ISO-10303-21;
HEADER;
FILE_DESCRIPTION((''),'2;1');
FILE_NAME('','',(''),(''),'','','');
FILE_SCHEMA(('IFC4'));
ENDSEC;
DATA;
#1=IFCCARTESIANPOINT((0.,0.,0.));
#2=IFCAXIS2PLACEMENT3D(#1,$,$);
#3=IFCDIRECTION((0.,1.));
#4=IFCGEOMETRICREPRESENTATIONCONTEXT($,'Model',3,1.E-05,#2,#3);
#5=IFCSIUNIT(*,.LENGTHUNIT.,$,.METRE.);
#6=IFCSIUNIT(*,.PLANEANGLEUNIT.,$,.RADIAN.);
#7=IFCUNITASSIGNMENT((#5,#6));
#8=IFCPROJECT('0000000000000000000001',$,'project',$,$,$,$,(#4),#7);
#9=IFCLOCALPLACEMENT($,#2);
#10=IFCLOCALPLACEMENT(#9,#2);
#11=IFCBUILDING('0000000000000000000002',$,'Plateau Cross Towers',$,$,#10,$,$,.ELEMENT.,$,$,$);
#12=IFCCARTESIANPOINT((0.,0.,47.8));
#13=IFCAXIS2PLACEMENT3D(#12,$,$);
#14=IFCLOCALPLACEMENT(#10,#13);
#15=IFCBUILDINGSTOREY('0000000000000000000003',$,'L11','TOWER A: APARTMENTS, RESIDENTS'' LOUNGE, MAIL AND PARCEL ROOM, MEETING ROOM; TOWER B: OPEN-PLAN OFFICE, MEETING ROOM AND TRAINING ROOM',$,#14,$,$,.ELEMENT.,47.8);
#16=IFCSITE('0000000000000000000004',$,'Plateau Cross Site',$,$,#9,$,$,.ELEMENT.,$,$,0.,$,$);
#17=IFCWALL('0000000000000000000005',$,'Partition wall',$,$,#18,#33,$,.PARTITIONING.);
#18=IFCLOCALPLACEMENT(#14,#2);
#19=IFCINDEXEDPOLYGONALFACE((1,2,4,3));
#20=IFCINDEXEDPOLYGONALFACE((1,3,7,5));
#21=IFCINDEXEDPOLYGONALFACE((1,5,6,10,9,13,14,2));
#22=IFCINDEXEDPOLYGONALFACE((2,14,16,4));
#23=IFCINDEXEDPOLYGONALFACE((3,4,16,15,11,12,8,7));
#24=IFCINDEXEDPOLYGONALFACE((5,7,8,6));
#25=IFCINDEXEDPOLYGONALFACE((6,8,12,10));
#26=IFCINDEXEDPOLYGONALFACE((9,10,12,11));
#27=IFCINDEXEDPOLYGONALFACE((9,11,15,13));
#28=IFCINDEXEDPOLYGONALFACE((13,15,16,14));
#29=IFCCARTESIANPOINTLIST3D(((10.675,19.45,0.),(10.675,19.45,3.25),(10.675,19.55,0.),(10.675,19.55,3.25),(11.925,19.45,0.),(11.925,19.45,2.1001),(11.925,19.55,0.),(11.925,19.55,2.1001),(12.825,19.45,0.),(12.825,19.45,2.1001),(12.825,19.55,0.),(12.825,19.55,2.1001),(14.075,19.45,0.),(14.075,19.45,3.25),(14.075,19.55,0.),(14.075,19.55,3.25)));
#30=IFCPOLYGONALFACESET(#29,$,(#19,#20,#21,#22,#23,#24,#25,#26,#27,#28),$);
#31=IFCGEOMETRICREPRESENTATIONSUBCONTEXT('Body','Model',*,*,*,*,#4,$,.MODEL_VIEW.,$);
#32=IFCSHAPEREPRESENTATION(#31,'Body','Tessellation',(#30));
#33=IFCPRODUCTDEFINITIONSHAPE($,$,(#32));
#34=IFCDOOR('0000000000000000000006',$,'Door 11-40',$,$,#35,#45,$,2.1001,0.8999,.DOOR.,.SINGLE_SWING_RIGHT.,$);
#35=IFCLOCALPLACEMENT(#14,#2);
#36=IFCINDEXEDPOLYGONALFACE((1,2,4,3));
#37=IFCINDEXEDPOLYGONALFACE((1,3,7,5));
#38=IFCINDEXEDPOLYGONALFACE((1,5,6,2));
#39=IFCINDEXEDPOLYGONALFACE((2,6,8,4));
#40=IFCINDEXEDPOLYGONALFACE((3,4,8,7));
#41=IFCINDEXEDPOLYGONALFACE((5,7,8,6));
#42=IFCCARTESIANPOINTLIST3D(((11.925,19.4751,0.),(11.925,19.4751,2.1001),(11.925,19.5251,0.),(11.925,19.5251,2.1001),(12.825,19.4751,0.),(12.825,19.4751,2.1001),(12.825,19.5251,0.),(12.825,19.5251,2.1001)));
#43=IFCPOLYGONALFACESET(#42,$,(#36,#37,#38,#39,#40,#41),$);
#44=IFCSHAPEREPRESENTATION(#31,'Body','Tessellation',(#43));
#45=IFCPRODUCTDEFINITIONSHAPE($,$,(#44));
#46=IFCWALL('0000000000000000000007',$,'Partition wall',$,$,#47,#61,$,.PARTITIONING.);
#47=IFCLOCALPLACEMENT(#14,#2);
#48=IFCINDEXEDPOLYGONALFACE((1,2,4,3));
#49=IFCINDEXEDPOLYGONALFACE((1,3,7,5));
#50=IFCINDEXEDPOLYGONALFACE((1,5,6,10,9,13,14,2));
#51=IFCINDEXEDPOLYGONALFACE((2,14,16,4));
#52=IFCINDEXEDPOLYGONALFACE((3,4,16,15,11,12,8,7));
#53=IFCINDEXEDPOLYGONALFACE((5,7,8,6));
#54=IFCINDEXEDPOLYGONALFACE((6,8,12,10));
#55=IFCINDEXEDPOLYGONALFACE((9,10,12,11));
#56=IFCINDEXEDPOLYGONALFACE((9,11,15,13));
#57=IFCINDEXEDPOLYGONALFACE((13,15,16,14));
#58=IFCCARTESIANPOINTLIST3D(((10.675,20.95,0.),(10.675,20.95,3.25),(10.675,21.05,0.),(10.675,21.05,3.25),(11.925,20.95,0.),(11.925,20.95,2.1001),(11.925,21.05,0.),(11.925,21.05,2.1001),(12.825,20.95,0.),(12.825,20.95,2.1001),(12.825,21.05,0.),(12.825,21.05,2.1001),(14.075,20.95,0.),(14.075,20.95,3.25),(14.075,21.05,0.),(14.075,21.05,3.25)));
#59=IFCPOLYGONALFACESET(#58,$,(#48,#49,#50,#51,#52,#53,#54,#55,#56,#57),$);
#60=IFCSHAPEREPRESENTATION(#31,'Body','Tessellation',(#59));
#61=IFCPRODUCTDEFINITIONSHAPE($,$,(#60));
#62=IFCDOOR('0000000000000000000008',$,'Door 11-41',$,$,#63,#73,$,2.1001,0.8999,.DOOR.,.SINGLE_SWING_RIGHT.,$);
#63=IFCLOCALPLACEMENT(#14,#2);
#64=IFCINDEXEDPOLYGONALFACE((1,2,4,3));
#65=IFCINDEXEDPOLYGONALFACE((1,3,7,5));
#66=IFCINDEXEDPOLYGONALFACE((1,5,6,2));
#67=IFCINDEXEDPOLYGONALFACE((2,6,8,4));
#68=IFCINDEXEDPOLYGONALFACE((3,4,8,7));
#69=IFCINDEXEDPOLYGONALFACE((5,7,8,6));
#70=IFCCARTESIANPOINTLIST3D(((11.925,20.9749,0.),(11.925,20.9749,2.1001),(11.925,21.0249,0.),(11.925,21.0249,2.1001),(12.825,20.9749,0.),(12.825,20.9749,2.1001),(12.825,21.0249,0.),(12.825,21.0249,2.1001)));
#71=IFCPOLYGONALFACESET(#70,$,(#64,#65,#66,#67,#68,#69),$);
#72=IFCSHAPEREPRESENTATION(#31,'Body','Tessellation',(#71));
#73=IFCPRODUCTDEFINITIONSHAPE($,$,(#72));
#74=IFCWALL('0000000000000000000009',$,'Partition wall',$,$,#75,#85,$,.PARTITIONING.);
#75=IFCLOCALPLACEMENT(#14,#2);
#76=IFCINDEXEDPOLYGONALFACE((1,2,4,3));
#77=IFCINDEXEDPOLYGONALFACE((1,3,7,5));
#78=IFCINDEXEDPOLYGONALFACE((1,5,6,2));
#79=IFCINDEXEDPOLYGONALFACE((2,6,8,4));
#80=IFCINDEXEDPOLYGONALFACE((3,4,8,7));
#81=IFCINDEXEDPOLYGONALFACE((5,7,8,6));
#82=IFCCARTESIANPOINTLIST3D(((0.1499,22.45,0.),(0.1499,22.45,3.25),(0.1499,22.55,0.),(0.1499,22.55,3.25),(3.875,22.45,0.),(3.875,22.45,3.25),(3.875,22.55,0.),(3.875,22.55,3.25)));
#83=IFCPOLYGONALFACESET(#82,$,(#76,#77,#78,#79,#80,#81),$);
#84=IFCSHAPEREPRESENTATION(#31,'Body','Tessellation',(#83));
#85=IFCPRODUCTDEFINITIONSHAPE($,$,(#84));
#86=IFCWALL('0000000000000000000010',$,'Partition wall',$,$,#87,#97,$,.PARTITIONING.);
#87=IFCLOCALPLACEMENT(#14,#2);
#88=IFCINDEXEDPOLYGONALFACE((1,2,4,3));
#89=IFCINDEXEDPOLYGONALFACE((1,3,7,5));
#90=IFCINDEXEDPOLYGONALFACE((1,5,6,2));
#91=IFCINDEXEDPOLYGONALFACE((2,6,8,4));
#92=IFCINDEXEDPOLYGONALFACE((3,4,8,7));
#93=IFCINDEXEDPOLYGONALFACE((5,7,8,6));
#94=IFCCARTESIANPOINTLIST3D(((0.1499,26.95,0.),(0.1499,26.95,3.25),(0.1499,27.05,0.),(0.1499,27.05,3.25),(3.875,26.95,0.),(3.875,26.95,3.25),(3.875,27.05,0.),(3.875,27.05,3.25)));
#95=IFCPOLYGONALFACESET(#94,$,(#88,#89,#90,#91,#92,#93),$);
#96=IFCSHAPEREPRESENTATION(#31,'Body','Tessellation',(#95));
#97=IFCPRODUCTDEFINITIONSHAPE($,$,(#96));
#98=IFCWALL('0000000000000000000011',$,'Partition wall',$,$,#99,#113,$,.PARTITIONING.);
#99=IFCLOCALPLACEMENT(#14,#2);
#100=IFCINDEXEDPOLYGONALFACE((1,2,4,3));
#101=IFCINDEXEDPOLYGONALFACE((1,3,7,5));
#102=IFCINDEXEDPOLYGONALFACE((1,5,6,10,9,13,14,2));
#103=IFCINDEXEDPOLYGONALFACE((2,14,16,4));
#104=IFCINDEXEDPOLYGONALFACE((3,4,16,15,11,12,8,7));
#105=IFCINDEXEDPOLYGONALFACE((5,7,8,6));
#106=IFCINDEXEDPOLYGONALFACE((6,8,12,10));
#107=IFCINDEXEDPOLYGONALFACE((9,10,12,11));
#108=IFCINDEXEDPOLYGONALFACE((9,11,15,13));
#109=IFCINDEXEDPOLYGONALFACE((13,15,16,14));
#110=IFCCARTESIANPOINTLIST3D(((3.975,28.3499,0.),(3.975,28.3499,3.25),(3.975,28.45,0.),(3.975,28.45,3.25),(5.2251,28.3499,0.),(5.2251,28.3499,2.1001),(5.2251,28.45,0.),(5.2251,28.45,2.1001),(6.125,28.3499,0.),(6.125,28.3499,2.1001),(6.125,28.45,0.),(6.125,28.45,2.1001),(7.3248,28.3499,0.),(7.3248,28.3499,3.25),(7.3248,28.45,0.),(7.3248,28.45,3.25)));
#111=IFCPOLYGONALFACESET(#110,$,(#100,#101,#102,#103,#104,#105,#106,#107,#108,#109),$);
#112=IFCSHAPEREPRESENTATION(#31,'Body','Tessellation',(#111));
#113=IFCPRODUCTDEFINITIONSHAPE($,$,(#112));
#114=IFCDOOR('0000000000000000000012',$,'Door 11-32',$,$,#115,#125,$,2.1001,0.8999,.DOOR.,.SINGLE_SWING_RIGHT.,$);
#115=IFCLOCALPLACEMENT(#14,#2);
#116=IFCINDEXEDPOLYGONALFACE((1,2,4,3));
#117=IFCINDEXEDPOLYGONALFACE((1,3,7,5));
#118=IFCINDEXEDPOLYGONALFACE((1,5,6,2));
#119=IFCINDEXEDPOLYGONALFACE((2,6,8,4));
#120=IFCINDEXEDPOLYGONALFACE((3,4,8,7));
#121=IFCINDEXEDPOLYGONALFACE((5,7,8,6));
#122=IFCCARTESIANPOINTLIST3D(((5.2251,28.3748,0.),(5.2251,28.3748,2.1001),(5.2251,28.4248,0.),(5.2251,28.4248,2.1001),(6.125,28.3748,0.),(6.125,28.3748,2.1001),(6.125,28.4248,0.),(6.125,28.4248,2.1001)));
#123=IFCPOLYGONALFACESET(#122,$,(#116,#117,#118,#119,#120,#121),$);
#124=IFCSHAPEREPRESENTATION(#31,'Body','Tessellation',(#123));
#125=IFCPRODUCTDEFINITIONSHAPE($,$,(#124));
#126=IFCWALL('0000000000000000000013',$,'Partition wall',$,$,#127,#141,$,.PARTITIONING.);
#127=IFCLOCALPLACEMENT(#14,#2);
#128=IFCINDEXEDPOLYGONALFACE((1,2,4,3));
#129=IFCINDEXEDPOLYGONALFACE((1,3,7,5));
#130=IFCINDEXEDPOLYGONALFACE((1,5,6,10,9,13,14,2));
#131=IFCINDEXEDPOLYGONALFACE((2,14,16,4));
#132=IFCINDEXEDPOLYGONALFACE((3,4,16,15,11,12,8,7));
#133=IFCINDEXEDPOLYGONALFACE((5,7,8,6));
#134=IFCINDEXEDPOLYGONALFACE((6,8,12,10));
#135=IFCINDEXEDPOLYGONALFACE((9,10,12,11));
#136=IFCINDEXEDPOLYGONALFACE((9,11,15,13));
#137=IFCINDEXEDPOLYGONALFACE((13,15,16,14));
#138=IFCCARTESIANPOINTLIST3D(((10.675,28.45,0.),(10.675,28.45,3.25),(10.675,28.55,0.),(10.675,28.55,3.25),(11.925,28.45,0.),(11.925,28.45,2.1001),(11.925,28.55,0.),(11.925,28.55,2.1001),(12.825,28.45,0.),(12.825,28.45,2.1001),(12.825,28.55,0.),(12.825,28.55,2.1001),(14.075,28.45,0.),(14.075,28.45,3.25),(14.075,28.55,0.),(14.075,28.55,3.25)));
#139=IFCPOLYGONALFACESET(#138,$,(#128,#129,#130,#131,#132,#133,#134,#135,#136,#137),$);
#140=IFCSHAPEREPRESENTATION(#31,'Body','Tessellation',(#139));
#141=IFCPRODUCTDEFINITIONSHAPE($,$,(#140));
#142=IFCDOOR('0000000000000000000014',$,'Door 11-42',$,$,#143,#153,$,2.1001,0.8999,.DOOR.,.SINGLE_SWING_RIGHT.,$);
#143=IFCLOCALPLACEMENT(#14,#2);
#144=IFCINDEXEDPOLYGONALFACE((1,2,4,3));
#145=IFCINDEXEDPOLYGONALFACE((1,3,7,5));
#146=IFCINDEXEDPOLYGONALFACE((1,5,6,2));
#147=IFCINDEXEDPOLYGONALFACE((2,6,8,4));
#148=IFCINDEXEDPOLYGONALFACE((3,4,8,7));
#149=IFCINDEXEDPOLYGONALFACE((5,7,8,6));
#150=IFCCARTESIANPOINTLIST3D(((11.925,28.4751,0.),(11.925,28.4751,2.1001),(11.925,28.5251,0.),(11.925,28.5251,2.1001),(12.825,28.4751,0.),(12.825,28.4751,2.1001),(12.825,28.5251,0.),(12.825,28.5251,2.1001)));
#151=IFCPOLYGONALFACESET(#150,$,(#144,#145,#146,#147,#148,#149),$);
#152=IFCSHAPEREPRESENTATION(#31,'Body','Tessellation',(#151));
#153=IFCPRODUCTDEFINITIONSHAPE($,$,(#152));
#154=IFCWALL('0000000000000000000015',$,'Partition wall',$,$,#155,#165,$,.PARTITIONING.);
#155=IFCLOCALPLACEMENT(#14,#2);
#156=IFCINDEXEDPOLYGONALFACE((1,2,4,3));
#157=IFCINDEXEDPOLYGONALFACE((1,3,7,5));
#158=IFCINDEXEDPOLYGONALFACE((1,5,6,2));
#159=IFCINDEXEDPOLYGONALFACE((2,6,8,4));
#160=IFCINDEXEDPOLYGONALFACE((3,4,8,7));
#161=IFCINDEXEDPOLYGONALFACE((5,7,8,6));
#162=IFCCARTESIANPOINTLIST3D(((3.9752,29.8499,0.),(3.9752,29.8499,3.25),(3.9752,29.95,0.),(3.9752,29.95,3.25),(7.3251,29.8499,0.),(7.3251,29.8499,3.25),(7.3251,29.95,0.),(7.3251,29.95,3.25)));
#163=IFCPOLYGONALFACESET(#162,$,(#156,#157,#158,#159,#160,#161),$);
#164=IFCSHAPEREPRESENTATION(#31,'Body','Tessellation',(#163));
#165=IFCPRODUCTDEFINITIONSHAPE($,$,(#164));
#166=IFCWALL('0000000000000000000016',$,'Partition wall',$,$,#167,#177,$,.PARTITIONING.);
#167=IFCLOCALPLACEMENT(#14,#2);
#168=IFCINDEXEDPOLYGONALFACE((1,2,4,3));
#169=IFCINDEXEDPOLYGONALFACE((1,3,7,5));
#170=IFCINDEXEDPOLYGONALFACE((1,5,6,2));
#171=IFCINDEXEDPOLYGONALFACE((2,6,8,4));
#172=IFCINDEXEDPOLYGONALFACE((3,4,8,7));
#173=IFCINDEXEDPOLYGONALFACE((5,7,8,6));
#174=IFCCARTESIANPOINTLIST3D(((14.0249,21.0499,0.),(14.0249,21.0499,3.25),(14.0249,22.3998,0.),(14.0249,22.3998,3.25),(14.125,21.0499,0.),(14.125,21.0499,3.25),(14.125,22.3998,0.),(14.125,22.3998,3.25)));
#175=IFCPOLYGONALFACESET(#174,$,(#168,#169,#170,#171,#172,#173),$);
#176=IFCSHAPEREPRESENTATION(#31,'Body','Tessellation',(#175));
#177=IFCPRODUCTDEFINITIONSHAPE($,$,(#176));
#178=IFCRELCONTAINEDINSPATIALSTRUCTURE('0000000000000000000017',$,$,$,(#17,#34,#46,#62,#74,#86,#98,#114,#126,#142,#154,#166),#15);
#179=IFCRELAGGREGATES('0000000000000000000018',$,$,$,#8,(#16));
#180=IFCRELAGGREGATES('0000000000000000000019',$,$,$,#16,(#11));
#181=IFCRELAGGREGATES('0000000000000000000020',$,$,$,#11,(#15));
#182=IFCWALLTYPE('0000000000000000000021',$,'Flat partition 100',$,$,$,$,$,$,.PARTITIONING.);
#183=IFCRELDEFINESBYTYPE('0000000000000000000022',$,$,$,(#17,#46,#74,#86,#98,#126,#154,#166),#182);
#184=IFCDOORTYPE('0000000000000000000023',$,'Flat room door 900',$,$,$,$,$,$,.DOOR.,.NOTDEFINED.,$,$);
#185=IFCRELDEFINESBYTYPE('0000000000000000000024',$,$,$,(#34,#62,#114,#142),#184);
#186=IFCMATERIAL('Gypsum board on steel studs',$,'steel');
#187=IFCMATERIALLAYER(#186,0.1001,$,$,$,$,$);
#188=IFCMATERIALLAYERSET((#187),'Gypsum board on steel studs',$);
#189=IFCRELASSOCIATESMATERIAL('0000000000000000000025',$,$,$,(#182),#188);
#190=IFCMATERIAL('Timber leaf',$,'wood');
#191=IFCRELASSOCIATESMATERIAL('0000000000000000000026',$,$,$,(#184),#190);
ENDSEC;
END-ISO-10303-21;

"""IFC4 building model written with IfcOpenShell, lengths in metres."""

from ifc_helpers import new_model, si_unit, direction, frame, frame_2d, origin, place, context, subcontext, project, spatial, rectangle, extrude, material, layer, layer_set, type_object, element, fill, save


model = new_model("IFC4")

# Units and contexts
model_context = context("Model", 3, precision=1e-05, world=origin(), true_north=direction((0.0, 1.0)))
body_context = subcontext(model_context, "Body", "Model", "MODEL_VIEW")
ifc_project = project(units=[si_unit("LENGTHUNIT", "METRE"), si_unit("PLANEANGLEUNIT", "RADIAN")], contexts=[model_context])

# Site, building, storey
site_placement = place(None, origin())
site = spatial("IfcSite", under=ifc_project, at=site_placement, Name="Plateau Cross Site", CompositionType="ELEMENT", RefElevation=0.0)
building_placement = place(site_placement, origin())
building = spatial("IfcBuilding", under=site, at=building_placement, Name="Plateau Cross Towers", CompositionType="ELEMENT")
storey_placement = place(building_placement, frame((0.0, 0.0, 47.8)))
storey = spatial("IfcBuildingStorey", under=building, at=storey_placement, Name="L11", Description="TOWER A: APARTMENTS, RESIDENTS' LOUNGE, MAIL AND PARCEL ROOM, MEETING ROOM; TOWER B: OPEN-PLAN OFFICE, MEETING ROOM AND TRAINING ROOM", CompositionType="ELEMENT", Elevation=47.8)

# Walls, openings, doors
ifc_material_1 = material(Name="Gypsum board on steel studs", Category="steel")
ifc_layer_1 = layer(ifc_material_1, 0.1001)
ifc_layer_set_1 = layer_set([ifc_layer_1], Name="Gypsum board on steel studs")
wall_type_1 = type_object("IfcWallType", Name="Flat partition 100", PredefinedType="PARTITIONING", material=ifc_layer_set_1)
wall_1_placement = place(storey_placement, frame((14.075, 19.5, 0.0), z_axis=(0.0, 0.0, 1.0), x_axis=(-1.0, 0.0, 0.0)))
wall_1 = element("IfcWall", 1, at=wall_1_placement, inside=storey, type_object=wall_type_1, Name="Partition wall", PredefinedType="PARTITIONING", context=body_context, shape_type="SweptSolid", body=[
    extrude(rectangle(XDim=3.3999, YDim=0.1001, at=frame_2d((1.7, 0.0))), origin(), (0.0, 0.0, 1.0), 3.25),
])
opening_1_placement = place(wall_1_placement, frame((1.25, 0.0, 0.0)))
opening_1 = element("IfcOpeningElement", 2, at=opening_1_placement, cuts=wall_1, PredefinedType="OPENING", context=body_context, shape_type="SweptSolid", body=[
    extrude(rectangle(XDim=0.8999, YDim=2.1001, at=frame_2d((0.45, 1.05))), frame((0.0, 0.0601, 0.0), z_axis=(0.0, -1.0, 0.0), x_axis=(1.0, 0.0, 0.0)), (0.0, 0.0, 1.0), 0.1201),
])
ifc_material_2 = material(Name="Timber leaf", Category="wood")
door_type_1 = type_object("IfcDoorType", Name="Flat room door 900", OperationType="NOTDEFINED", PredefinedType="DOOR", material=ifc_material_2)
door_1_placement = place(opening_1_placement, origin())
door_1 = element("IfcDoor", 3, at=door_1_placement, inside=storey, type_object=door_type_1, Name="Door 11-40", OperationType="SINGLE_SWING_RIGHT", OverallHeight=2.1001, OverallWidth=0.8999, PredefinedType="DOOR", context=body_context, shape_type="SweptSolid", body=[
    extrude(rectangle(XDim=0.8999, YDim=2.1001, at=frame_2d((0.45, 1.05))), frame((0.0, 0.0249, 0.0), z_axis=(0.0, -1.0, 0.0), x_axis=(1.0, 0.0, 0.0)), (0.0, 0.0, 1.0), 0.05),
])
fill(opening_1, door_1)
wall_2_placement = place(storey_placement, frame((10.675, 21.0, 0.0), z_axis=(0.0, 0.0, 1.0), x_axis=(1.0, 0.0, 0.0)))
wall_2 = element("IfcWall", 4, at=wall_2_placement, inside=storey, type_object=wall_type_1, Name="Partition wall", PredefinedType="PARTITIONING", context=body_context, shape_type="SweptSolid", body=[
    extrude(rectangle(XDim=3.3999, YDim=0.1001, at=frame_2d((1.7, 0.0))), origin(), (0.0, 0.0, 1.0), 3.25),
])
opening_2_placement = place(wall_2_placement, frame((1.25, 0.0, 0.0)))
opening_2 = element("IfcOpeningElement", 5, at=opening_2_placement, cuts=wall_2, PredefinedType="OPENING", context=body_context, shape_type="SweptSolid", body=[
    extrude(rectangle(XDim=0.8999, YDim=2.1001, at=frame_2d((0.45, 1.05))), frame((0.0, 0.0601, 0.0), z_axis=(0.0, -1.0, 0.0), x_axis=(1.0, 0.0, 0.0)), (0.0, 0.0, 1.0), 0.1201),
])
door_2_placement = place(opening_2_placement, origin())
door_2 = element("IfcDoor", 6, at=door_2_placement, inside=storey, type_object=door_type_1, Name="Door 11-41", OperationType="SINGLE_SWING_RIGHT", OverallHeight=2.1001, OverallWidth=0.8999, PredefinedType="DOOR", context=body_context, shape_type="SweptSolid", body=[
    extrude(rectangle(XDim=0.8999, YDim=2.1001, at=frame_2d((0.45, 1.05))), frame((0.0, 0.0249, 0.0), z_axis=(0.0, -1.0, 0.0), x_axis=(1.0, 0.0, 0.0)), (0.0, 0.0, 1.0), 0.05),
])
fill(opening_2, door_2)

# Walls
for number, where, z_axis, x_axis, name in (
    (7, (3.875, 22.5, 0.0), (0.0, 0.0, 1.0), (-1.0, 0.0, 0.0), "Partition wall"),
    (8, (3.875, 27.0, 0.0), (0.0, 0.0, 1.0), (-1.0, 0.0, 0.0), "Partition wall"),
):
    element("IfcWall", number, at=place(storey_placement, frame(where, z_axis=z_axis, x_axis=x_axis)), inside=storey, type_object=wall_type_1, Name=name, PredefinedType="PARTITIONING", context=body_context, shape_type="SweptSolid", body=[
        extrude(rectangle(XDim=3.7251, YDim=0.1001, at=frame_2d((1.8625, 0.0))), origin(), (0.0, 0.0, 1.0), 3.25),
    ])

# Walls, openings, doors
wall_3_placement = place(storey_placement, frame((3.9751, 28.3999, 0.0), z_axis=(0.0, 0.0, 1.0), x_axis=(1.0, 0.0, 0.0)))
wall_3 = element("IfcWall", 9, at=wall_3_placement, inside=storey, type_object=wall_type_1, Name="Partition wall", PredefinedType="PARTITIONING", context=body_context, shape_type="SweptSolid", body=[
    extrude(rectangle(XDim=3.3499, YDim=0.1001, at=frame_2d((1.6748, 0.0))), origin(), (0.0, 0.0, 1.0), 3.25),
])
opening_3_placement = place(wall_3_placement, frame((1.25, 0.0, 0.0)))
opening_3 = element("IfcOpeningElement", 10, at=opening_3_placement, cuts=wall_3, PredefinedType="OPENING", context=body_context, shape_type="SweptSolid", body=[
    extrude(rectangle(XDim=0.8999, YDim=2.1001, at=frame_2d((0.45, 1.05))), frame((0.0, 0.0601, 0.0), z_axis=(0.0, -1.0, 0.0), x_axis=(1.0, 0.0, 0.0)), (0.0, 0.0, 1.0), 0.1201),
])
door_3_placement = place(opening_3_placement, origin())
door_3 = element("IfcDoor", 11, at=door_3_placement, inside=storey, type_object=door_type_1, Name="Door 11-32", OperationType="SINGLE_SWING_RIGHT", OverallHeight=2.1001, OverallWidth=0.8999, PredefinedType="DOOR", context=body_context, shape_type="SweptSolid", body=[
    extrude(rectangle(XDim=0.8999, YDim=2.1001, at=frame_2d((0.45, 1.05))), frame((0.0, 0.0249, 0.0), z_axis=(0.0, -1.0, 0.0), x_axis=(1.0, 0.0, 0.0)), (0.0, 0.0, 1.0), 0.05),
])
fill(opening_3, door_3)
wall_4_placement = place(storey_placement, frame((14.075, 28.5, 0.0), z_axis=(0.0, 0.0, 1.0), x_axis=(-1.0, 0.0, 0.0)))
wall_4 = element("IfcWall", 12, at=wall_4_placement, inside=storey, type_object=wall_type_1, Name="Partition wall", PredefinedType="PARTITIONING", context=body_context, shape_type="SweptSolid", body=[
    extrude(rectangle(XDim=3.3999, YDim=0.1001, at=frame_2d((1.7, 0.0))), origin(), (0.0, 0.0, 1.0), 3.25),
])
opening_4_placement = place(wall_4_placement, frame((1.25, 0.0, 0.0)))
opening_4 = element("IfcOpeningElement", 13, at=opening_4_placement, cuts=wall_4, PredefinedType="OPENING", context=body_context, shape_type="SweptSolid", body=[
    extrude(rectangle(XDim=0.8999, YDim=2.1001, at=frame_2d((0.45, 1.05))), frame((0.0, 0.0601, 0.0), z_axis=(0.0, -1.0, 0.0), x_axis=(1.0, 0.0, 0.0)), (0.0, 0.0, 1.0), 0.1201),
])
door_4_placement = place(opening_4_placement, origin())
door_4 = element("IfcDoor", 14, at=door_4_placement, inside=storey, type_object=door_type_1, Name="Door 11-42", OperationType="SINGLE_SWING_RIGHT", OverallHeight=2.1001, OverallWidth=0.8999, PredefinedType="DOOR", context=body_context, shape_type="SweptSolid", body=[
    extrude(rectangle(XDim=0.8999, YDim=2.1001, at=frame_2d((0.45, 1.05))), frame((0.0, 0.0249, 0.0), z_axis=(0.0, -1.0, 0.0), x_axis=(1.0, 0.0, 0.0)), (0.0, 0.0, 1.0), 0.05),
])
fill(opening_4, door_4)

# Walls
wall_5_placement = place(storey_placement, frame((7.325, 29.8999, 0.0), z_axis=(0.0, 0.0, 1.0), x_axis=(-1.0, 0.0, 0.0)))
element("IfcWall", 15, at=wall_5_placement, inside=storey, type_object=wall_type_1, Name="Partition wall", PredefinedType="PARTITIONING", context=body_context, shape_type="SweptSolid", body=[
    extrude(rectangle(XDim=3.3499, YDim=0.1001, at=frame_2d((1.6748, 0.0))), origin(), (0.0, 0.0, 1.0), 3.25),
])
for number, where, z_axis, x_axis, name in (
    (16, (14.075, 21.05, 0.0), (0.0, 0.0, 1.0), (0.0, 1.0, 0.0), "Partition wall"),
):
    element("IfcWall", number, at=place(storey_placement, frame(where, z_axis=z_axis, x_axis=x_axis)), inside=storey, type_object=wall_type_1, Name=name, PredefinedType="PARTITIONING", context=body_context, shape_type="SweptSolid", body=[
        extrude(rectangle(XDim=1.3499, YDim=0.1001, at=frame_2d((0.6748, 0.0))), origin(), (0.0, 0.0, 1.0), 3.25),
    ])

save(model, "model.ifc")
